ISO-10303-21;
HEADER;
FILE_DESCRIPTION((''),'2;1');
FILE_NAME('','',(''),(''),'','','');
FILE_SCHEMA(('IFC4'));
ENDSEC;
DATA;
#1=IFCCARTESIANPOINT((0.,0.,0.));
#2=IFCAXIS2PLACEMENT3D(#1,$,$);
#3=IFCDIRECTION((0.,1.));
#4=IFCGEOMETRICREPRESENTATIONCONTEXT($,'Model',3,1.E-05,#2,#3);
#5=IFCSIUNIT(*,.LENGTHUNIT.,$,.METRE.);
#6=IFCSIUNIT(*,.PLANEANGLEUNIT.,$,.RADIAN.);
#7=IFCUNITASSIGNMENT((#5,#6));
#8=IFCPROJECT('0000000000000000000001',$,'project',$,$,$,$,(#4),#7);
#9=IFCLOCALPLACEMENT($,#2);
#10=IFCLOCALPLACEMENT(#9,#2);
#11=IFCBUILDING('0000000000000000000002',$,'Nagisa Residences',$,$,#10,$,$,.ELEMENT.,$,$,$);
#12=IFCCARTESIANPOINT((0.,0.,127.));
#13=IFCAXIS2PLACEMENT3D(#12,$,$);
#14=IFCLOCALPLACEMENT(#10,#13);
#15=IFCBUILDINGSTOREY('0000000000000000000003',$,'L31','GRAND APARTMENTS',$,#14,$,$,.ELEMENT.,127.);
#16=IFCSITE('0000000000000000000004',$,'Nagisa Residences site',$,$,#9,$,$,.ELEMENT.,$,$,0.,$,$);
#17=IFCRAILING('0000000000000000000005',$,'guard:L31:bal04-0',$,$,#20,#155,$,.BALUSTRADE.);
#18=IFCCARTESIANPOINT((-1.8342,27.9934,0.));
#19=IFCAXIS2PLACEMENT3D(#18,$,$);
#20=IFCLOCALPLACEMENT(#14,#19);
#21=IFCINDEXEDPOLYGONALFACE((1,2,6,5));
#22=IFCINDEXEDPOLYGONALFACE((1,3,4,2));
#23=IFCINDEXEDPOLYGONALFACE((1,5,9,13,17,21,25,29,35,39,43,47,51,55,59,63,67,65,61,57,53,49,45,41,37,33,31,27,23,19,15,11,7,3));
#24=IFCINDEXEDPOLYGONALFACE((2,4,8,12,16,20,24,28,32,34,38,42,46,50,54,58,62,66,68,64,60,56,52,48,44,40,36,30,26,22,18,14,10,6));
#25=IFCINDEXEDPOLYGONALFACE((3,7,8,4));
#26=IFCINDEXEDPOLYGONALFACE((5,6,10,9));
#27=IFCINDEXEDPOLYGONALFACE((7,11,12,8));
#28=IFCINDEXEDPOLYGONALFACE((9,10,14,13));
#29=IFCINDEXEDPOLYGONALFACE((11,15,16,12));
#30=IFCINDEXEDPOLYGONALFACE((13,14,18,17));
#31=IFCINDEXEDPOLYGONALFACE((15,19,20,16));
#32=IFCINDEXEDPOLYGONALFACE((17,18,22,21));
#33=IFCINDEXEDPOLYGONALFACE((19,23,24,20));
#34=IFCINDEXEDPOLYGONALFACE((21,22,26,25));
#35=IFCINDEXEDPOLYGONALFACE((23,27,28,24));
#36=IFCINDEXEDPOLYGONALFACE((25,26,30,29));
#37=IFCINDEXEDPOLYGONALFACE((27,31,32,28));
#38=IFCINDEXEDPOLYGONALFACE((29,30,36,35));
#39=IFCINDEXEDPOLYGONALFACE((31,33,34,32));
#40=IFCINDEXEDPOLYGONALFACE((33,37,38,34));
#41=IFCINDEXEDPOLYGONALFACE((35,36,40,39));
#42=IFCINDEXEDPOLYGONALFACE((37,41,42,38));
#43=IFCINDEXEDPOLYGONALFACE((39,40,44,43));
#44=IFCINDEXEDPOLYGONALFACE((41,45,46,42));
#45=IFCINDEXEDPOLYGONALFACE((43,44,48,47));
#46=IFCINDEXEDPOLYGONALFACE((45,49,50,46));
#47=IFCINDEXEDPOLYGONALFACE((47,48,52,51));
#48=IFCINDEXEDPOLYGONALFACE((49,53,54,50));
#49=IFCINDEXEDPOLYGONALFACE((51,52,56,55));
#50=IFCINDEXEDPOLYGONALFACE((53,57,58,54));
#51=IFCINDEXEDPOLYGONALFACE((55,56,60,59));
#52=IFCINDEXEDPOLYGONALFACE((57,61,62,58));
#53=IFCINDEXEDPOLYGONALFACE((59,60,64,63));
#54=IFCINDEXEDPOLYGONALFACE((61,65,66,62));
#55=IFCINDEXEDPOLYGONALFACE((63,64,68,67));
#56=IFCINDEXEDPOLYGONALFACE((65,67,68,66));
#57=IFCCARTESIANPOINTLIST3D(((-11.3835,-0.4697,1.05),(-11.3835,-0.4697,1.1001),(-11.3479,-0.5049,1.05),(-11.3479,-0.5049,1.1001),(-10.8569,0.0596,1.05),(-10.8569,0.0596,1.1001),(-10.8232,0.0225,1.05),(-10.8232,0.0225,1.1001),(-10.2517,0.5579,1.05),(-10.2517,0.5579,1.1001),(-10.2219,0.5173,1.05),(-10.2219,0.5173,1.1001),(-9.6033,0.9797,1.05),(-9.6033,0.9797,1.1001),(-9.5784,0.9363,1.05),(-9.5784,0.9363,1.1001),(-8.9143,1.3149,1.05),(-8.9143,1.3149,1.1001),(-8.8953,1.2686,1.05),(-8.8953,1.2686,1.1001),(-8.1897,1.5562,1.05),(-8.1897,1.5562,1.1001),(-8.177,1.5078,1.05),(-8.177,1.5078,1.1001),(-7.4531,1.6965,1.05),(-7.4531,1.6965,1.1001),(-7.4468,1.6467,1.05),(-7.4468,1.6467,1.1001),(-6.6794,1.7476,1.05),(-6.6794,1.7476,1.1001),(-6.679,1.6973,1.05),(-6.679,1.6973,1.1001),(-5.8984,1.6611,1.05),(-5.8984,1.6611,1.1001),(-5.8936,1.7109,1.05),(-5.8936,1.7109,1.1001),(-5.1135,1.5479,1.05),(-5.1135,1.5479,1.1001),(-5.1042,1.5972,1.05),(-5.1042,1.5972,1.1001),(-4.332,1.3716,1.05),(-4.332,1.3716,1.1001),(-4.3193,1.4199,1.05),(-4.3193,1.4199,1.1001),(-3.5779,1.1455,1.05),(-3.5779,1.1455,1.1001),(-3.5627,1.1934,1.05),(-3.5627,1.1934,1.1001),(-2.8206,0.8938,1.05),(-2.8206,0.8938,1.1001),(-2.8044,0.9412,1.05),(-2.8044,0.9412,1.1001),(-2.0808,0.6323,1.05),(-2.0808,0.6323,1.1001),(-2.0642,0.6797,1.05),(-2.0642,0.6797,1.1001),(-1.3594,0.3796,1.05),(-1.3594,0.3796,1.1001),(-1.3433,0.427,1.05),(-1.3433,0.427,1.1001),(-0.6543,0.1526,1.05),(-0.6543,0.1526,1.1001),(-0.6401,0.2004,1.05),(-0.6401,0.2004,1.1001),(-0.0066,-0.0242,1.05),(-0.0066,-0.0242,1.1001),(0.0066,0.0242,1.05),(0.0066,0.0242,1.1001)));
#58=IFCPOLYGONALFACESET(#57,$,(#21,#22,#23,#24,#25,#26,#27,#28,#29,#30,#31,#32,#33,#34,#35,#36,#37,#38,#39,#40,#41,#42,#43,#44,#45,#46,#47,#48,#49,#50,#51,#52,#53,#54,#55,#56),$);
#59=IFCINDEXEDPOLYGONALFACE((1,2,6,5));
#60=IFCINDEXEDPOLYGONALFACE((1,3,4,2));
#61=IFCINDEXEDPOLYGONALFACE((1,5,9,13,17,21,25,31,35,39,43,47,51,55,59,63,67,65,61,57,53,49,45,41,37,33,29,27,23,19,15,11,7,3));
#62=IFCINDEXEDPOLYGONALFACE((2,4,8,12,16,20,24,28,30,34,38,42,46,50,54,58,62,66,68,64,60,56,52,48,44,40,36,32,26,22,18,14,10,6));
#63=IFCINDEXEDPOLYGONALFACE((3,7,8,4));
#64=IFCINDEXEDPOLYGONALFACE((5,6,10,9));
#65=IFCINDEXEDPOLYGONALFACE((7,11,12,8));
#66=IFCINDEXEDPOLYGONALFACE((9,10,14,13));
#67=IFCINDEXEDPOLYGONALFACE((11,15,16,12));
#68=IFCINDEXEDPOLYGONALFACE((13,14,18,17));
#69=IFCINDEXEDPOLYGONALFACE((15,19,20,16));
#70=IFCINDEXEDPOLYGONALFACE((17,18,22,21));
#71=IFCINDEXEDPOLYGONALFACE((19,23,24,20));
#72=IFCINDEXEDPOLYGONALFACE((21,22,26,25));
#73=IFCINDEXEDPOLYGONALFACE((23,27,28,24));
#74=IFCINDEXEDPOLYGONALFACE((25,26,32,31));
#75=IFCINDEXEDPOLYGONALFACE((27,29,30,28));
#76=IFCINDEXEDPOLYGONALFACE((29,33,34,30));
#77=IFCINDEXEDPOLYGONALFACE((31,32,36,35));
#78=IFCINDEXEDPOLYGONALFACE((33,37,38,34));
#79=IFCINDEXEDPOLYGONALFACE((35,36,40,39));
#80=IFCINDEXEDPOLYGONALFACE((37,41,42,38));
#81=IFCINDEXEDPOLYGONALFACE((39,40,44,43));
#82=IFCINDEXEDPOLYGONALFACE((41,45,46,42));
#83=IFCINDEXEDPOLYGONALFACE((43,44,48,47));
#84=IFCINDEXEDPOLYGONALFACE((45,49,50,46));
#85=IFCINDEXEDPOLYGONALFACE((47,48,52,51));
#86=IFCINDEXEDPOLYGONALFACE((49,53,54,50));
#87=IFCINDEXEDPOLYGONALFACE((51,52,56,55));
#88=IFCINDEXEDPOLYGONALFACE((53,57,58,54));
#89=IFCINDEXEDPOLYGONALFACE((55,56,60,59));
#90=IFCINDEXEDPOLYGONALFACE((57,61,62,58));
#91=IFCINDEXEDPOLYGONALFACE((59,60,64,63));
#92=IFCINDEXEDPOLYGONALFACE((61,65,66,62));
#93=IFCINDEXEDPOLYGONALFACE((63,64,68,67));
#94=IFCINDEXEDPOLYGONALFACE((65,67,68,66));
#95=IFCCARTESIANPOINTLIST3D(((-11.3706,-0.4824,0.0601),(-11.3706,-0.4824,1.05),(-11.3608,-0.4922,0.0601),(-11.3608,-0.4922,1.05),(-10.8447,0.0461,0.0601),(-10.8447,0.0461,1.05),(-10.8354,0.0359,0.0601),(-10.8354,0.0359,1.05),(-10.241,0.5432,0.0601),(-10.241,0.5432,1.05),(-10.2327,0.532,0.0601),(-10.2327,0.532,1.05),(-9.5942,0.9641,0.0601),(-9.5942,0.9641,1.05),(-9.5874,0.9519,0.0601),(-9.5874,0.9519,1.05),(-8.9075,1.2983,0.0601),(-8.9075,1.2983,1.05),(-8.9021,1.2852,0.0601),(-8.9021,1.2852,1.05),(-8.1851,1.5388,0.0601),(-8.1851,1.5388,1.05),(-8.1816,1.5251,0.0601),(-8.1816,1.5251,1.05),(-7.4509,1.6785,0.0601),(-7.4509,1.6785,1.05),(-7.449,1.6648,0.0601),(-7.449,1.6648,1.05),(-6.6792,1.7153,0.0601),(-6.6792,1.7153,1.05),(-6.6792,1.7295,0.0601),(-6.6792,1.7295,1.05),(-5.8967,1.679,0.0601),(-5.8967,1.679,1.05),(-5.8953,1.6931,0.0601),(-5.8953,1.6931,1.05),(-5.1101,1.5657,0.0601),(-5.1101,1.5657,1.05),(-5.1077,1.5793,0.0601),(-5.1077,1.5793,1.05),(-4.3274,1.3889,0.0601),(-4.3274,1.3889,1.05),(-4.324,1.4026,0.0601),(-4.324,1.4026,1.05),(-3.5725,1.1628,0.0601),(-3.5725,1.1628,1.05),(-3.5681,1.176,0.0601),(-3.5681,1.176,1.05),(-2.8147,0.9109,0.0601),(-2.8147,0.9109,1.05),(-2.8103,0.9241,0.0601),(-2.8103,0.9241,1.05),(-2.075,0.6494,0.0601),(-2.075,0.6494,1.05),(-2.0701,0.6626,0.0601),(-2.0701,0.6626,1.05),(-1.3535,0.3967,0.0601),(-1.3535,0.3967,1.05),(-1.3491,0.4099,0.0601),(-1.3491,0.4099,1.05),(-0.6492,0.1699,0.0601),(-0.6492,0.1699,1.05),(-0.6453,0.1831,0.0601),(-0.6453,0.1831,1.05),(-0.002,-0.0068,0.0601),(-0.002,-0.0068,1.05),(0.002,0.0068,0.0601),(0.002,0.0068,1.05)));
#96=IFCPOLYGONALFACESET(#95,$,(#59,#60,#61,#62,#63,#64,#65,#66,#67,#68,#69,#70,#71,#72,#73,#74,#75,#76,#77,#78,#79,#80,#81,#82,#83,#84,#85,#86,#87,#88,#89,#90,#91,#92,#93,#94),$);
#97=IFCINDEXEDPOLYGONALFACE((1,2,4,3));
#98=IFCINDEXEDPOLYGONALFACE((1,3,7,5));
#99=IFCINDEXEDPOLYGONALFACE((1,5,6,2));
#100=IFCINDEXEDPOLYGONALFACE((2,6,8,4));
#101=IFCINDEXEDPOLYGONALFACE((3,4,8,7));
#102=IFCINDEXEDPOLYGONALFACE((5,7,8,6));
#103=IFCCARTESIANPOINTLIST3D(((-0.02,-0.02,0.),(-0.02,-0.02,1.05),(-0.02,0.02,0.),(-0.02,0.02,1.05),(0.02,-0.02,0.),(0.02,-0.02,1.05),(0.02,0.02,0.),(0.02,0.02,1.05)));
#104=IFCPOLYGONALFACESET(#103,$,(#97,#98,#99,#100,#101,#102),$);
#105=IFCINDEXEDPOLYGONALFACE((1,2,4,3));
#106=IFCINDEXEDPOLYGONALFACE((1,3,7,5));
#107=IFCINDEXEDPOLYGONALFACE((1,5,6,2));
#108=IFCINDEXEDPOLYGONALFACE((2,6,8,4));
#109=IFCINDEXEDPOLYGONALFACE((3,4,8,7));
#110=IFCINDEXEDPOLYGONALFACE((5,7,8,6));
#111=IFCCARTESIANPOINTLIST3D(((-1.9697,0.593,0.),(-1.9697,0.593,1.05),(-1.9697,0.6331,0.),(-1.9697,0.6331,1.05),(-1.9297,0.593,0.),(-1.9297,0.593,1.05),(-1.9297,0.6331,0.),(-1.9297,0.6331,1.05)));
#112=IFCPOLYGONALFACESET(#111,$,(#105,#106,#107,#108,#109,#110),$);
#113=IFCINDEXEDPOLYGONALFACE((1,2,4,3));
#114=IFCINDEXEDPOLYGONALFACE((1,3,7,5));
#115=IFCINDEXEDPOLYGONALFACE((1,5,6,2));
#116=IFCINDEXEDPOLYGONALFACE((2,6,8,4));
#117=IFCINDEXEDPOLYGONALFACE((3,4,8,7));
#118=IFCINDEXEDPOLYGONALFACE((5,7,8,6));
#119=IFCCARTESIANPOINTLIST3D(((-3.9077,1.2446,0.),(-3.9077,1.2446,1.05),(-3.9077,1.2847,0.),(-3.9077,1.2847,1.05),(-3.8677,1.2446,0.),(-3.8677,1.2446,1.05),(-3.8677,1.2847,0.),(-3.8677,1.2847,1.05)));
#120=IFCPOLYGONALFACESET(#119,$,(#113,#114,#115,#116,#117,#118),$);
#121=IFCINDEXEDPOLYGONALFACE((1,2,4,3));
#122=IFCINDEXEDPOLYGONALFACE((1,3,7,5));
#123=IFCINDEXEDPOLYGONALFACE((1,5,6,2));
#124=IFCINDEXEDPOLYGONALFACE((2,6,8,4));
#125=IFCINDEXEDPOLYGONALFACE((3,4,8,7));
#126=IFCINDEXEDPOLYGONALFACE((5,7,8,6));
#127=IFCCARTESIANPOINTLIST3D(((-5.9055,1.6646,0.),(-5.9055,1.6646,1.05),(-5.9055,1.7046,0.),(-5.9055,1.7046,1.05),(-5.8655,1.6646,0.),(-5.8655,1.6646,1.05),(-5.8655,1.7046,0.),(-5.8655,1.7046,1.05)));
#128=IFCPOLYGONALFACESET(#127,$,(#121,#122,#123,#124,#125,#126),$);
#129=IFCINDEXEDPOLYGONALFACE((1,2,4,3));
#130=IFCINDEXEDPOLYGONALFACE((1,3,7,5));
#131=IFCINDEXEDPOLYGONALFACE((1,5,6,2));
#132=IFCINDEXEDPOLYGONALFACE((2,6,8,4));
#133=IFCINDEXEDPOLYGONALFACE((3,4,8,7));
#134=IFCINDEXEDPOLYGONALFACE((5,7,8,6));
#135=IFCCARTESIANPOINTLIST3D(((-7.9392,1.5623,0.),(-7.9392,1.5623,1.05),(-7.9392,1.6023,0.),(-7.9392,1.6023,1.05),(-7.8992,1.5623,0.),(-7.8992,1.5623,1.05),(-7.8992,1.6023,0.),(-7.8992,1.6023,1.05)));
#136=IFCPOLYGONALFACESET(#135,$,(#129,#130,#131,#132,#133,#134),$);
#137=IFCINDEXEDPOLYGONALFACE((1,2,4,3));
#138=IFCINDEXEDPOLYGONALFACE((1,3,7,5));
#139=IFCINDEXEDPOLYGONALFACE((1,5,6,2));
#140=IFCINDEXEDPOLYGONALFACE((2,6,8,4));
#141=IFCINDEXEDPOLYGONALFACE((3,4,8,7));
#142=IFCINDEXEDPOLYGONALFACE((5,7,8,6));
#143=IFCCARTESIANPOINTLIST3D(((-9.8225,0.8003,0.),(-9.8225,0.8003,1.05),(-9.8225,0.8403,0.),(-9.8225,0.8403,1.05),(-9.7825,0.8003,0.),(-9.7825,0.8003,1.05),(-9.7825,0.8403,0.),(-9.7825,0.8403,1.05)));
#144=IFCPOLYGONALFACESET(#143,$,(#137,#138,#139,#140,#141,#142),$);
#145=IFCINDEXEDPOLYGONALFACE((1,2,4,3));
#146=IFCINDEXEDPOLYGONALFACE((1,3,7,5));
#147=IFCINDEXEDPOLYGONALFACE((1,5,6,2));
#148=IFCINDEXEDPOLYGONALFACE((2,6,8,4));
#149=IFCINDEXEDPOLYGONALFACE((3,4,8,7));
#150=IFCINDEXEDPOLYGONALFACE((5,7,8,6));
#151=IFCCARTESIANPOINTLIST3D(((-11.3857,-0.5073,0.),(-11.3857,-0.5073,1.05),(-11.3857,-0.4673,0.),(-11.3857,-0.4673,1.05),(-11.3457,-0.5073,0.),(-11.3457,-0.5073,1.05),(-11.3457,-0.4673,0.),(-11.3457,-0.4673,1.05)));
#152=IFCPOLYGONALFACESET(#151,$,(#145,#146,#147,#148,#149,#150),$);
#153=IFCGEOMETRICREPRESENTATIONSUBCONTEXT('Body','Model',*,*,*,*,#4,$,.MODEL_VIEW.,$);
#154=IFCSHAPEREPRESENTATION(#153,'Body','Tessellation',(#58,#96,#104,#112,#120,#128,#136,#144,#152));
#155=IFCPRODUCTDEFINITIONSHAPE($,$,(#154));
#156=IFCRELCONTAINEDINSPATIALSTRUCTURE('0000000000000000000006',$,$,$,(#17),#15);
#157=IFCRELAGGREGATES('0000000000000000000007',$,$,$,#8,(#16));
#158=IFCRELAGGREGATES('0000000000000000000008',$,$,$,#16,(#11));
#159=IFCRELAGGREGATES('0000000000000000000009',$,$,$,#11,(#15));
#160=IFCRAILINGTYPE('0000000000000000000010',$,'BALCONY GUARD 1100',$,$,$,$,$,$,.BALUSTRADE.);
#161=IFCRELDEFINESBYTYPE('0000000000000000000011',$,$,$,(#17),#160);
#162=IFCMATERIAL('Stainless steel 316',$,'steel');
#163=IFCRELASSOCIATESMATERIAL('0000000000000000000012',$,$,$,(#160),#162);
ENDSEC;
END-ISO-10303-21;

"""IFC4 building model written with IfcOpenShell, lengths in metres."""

from ifc_helpers import new_model, si_unit, direction, frame, origin, origin_2d, place, context, subcontext, project, spatial, polyline, rectangle, outline, extrude, material, type_object, element, save


model = new_model("IFC4")

# Units and contexts
model_context = context("Model", 3, precision=1e-05, world=origin(), true_north=direction((0.0, 1.0)))
body_context = subcontext(model_context, "Body", "Model", "MODEL_VIEW")
ifc_project = project(units=[si_unit("LENGTHUNIT", "METRE"), si_unit("PLANEANGLEUNIT", "RADIAN")], contexts=[model_context])

# Site, building, storey
site_placement = place(None, origin())
site = spatial("IfcSite", under=ifc_project, at=site_placement, Name="Nagisa Residences site", CompositionType="ELEMENT", RefElevation=0.0)
building_placement = place(site_placement, origin())
building = spatial("IfcBuilding", under=site, at=building_placement, Name="Nagisa Residences", CompositionType="ELEMENT")
storey_placement = place(building_placement, frame((0.0, 0.0, 127.0)))
storey = spatial("IfcBuildingStorey", under=building, at=storey_placement, Name="L31", Description="GRAND APARTMENTS", CompositionType="ELEMENT", Elevation=127.0)

# Railing
ifc_material_1 = material(Name="Stainless steel 316", Category="steel")
railing_type = type_object("IfcRailingType", Name="BALCONY GUARD 1100", PredefinedType="BALUSTRADE", material=ifc_material_1)
railing_placement = place(storey_placement, frame((-1.8342, 27.9934, 0.0)))
element("IfcRailing", 1, at=railing_placement, inside=storey, type_object=railing_type, Name="guard:L31:bal04-0", PredefinedType="BALUSTRADE", context=body_context, shape_type="SweptSolid", body=[
    extrude(outline(polyline([(-0.6543, 0.1526), (-0.0066, -0.0242), (0.0066, 0.0242), (-0.6401, 0.2004), (-1.3433, 0.427), (-2.0642, 0.6797), (-2.8044, 0.9412), (-3.5627, 1.1934), (-4.3193, 1.4199), (-5.1042, 1.5972), (-5.8936, 1.7109), (-6.6794, 1.7476), (-7.4531, 1.6965), (-8.1897, 1.5562), (-8.9143, 1.3149), (-9.6033, 0.9797), (-10.2517, 0.5579), (-10.8569, 0.0596), (-11.3835, -0.4697), (-11.3479, -0.5049), (-10.8232, 0.0225), (-10.2219, 0.5173), (-9.5784, 0.9363), (-8.8953, 1.2686), (-8.177, 1.5078), (-7.4468, 1.6467), (-6.679, 1.6973), (-5.8984, 1.6611), (-5.1135, 1.5479), (-4.332, 1.3716), (-3.5779, 1.1455), (-2.8206, 0.8938), (-2.0808, 0.6323), (-1.3594, 0.3796), (-0.6543, 0.1526)])), frame((0.0, 0.0, 1.05)), (0.0, 0.0, 1.0), 0.05),
    extrude(outline(polyline([(-0.6492, 0.1699), (-0.002, -0.0068), (0.002, 0.0068), (-0.6453, 0.1831), (-1.3491, 0.4099), (-2.0701, 0.6626), (-2.8103, 0.9241), (-3.5681, 1.176), (-4.324, 1.4026), (-5.1077, 1.5793), (-5.8953, 1.6931), (-6.6792, 1.7295), (-7.4509, 1.6785), (-8.1851, 1.5388), (-8.9075, 1.2983), (-9.5942, 0.9641), (-10.241, 0.5432), (-10.8447, 0.0461), (-11.3706, -0.4824), (-11.3608, -0.4922), (-10.8354, 0.0359), (-10.2327, 0.532), (-9.5874, 0.9519), (-8.9021, 1.2852), (-8.1816, 1.5251), (-7.449, 1.6648), (-6.6792, 1.7153), (-5.8967, 1.679), (-5.1101, 1.5657), (-4.3274, 1.3889), (-3.5725, 1.1628), (-2.8147, 0.9109), (-2.075, 0.6494), (-1.3535, 0.3967), (-0.6492, 0.1699)])), frame((0.0, 0.0, 0.0601)), (0.0, 0.0, 1.0), 0.99),
    extrude(rectangle(XDim=0.04, YDim=0.04, at=origin_2d()), origin(), (0.0, 0.0, 1.0), 1.05),
    extrude(rectangle(XDim=0.04, YDim=0.04, at=origin_2d()), frame((-1.9497, 0.613, 0.0)), (0.0, 0.0, 1.0), 1.05),
    extrude(rectangle(XDim=0.04, YDim=0.04, at=origin_2d()), frame((-3.8877, 1.2646, 0.0)), (0.0, 0.0, 1.0), 1.05),
    extrude(rectangle(XDim=0.04, YDim=0.04, at=origin_2d()), frame((-5.8855, 1.6846, 0.0)), (0.0, 0.0, 1.0), 1.05),
    extrude(rectangle(XDim=0.04, YDim=0.04, at=origin_2d()), frame((-7.9192, 1.5823, 0.0)), (0.0, 0.0, 1.0), 1.05),
    extrude(rectangle(XDim=0.04, YDim=0.04, at=origin_2d()), frame((-9.8025, 0.8203, 0.0)), (0.0, 0.0, 1.0), 1.05),
    extrude(rectangle(XDim=0.04, YDim=0.04, at=origin_2d()), frame((-11.3657, -0.4873, 0.0)), (0.0, 0.0, 1.0), 1.05),
])

save(model, "model.ifc")
